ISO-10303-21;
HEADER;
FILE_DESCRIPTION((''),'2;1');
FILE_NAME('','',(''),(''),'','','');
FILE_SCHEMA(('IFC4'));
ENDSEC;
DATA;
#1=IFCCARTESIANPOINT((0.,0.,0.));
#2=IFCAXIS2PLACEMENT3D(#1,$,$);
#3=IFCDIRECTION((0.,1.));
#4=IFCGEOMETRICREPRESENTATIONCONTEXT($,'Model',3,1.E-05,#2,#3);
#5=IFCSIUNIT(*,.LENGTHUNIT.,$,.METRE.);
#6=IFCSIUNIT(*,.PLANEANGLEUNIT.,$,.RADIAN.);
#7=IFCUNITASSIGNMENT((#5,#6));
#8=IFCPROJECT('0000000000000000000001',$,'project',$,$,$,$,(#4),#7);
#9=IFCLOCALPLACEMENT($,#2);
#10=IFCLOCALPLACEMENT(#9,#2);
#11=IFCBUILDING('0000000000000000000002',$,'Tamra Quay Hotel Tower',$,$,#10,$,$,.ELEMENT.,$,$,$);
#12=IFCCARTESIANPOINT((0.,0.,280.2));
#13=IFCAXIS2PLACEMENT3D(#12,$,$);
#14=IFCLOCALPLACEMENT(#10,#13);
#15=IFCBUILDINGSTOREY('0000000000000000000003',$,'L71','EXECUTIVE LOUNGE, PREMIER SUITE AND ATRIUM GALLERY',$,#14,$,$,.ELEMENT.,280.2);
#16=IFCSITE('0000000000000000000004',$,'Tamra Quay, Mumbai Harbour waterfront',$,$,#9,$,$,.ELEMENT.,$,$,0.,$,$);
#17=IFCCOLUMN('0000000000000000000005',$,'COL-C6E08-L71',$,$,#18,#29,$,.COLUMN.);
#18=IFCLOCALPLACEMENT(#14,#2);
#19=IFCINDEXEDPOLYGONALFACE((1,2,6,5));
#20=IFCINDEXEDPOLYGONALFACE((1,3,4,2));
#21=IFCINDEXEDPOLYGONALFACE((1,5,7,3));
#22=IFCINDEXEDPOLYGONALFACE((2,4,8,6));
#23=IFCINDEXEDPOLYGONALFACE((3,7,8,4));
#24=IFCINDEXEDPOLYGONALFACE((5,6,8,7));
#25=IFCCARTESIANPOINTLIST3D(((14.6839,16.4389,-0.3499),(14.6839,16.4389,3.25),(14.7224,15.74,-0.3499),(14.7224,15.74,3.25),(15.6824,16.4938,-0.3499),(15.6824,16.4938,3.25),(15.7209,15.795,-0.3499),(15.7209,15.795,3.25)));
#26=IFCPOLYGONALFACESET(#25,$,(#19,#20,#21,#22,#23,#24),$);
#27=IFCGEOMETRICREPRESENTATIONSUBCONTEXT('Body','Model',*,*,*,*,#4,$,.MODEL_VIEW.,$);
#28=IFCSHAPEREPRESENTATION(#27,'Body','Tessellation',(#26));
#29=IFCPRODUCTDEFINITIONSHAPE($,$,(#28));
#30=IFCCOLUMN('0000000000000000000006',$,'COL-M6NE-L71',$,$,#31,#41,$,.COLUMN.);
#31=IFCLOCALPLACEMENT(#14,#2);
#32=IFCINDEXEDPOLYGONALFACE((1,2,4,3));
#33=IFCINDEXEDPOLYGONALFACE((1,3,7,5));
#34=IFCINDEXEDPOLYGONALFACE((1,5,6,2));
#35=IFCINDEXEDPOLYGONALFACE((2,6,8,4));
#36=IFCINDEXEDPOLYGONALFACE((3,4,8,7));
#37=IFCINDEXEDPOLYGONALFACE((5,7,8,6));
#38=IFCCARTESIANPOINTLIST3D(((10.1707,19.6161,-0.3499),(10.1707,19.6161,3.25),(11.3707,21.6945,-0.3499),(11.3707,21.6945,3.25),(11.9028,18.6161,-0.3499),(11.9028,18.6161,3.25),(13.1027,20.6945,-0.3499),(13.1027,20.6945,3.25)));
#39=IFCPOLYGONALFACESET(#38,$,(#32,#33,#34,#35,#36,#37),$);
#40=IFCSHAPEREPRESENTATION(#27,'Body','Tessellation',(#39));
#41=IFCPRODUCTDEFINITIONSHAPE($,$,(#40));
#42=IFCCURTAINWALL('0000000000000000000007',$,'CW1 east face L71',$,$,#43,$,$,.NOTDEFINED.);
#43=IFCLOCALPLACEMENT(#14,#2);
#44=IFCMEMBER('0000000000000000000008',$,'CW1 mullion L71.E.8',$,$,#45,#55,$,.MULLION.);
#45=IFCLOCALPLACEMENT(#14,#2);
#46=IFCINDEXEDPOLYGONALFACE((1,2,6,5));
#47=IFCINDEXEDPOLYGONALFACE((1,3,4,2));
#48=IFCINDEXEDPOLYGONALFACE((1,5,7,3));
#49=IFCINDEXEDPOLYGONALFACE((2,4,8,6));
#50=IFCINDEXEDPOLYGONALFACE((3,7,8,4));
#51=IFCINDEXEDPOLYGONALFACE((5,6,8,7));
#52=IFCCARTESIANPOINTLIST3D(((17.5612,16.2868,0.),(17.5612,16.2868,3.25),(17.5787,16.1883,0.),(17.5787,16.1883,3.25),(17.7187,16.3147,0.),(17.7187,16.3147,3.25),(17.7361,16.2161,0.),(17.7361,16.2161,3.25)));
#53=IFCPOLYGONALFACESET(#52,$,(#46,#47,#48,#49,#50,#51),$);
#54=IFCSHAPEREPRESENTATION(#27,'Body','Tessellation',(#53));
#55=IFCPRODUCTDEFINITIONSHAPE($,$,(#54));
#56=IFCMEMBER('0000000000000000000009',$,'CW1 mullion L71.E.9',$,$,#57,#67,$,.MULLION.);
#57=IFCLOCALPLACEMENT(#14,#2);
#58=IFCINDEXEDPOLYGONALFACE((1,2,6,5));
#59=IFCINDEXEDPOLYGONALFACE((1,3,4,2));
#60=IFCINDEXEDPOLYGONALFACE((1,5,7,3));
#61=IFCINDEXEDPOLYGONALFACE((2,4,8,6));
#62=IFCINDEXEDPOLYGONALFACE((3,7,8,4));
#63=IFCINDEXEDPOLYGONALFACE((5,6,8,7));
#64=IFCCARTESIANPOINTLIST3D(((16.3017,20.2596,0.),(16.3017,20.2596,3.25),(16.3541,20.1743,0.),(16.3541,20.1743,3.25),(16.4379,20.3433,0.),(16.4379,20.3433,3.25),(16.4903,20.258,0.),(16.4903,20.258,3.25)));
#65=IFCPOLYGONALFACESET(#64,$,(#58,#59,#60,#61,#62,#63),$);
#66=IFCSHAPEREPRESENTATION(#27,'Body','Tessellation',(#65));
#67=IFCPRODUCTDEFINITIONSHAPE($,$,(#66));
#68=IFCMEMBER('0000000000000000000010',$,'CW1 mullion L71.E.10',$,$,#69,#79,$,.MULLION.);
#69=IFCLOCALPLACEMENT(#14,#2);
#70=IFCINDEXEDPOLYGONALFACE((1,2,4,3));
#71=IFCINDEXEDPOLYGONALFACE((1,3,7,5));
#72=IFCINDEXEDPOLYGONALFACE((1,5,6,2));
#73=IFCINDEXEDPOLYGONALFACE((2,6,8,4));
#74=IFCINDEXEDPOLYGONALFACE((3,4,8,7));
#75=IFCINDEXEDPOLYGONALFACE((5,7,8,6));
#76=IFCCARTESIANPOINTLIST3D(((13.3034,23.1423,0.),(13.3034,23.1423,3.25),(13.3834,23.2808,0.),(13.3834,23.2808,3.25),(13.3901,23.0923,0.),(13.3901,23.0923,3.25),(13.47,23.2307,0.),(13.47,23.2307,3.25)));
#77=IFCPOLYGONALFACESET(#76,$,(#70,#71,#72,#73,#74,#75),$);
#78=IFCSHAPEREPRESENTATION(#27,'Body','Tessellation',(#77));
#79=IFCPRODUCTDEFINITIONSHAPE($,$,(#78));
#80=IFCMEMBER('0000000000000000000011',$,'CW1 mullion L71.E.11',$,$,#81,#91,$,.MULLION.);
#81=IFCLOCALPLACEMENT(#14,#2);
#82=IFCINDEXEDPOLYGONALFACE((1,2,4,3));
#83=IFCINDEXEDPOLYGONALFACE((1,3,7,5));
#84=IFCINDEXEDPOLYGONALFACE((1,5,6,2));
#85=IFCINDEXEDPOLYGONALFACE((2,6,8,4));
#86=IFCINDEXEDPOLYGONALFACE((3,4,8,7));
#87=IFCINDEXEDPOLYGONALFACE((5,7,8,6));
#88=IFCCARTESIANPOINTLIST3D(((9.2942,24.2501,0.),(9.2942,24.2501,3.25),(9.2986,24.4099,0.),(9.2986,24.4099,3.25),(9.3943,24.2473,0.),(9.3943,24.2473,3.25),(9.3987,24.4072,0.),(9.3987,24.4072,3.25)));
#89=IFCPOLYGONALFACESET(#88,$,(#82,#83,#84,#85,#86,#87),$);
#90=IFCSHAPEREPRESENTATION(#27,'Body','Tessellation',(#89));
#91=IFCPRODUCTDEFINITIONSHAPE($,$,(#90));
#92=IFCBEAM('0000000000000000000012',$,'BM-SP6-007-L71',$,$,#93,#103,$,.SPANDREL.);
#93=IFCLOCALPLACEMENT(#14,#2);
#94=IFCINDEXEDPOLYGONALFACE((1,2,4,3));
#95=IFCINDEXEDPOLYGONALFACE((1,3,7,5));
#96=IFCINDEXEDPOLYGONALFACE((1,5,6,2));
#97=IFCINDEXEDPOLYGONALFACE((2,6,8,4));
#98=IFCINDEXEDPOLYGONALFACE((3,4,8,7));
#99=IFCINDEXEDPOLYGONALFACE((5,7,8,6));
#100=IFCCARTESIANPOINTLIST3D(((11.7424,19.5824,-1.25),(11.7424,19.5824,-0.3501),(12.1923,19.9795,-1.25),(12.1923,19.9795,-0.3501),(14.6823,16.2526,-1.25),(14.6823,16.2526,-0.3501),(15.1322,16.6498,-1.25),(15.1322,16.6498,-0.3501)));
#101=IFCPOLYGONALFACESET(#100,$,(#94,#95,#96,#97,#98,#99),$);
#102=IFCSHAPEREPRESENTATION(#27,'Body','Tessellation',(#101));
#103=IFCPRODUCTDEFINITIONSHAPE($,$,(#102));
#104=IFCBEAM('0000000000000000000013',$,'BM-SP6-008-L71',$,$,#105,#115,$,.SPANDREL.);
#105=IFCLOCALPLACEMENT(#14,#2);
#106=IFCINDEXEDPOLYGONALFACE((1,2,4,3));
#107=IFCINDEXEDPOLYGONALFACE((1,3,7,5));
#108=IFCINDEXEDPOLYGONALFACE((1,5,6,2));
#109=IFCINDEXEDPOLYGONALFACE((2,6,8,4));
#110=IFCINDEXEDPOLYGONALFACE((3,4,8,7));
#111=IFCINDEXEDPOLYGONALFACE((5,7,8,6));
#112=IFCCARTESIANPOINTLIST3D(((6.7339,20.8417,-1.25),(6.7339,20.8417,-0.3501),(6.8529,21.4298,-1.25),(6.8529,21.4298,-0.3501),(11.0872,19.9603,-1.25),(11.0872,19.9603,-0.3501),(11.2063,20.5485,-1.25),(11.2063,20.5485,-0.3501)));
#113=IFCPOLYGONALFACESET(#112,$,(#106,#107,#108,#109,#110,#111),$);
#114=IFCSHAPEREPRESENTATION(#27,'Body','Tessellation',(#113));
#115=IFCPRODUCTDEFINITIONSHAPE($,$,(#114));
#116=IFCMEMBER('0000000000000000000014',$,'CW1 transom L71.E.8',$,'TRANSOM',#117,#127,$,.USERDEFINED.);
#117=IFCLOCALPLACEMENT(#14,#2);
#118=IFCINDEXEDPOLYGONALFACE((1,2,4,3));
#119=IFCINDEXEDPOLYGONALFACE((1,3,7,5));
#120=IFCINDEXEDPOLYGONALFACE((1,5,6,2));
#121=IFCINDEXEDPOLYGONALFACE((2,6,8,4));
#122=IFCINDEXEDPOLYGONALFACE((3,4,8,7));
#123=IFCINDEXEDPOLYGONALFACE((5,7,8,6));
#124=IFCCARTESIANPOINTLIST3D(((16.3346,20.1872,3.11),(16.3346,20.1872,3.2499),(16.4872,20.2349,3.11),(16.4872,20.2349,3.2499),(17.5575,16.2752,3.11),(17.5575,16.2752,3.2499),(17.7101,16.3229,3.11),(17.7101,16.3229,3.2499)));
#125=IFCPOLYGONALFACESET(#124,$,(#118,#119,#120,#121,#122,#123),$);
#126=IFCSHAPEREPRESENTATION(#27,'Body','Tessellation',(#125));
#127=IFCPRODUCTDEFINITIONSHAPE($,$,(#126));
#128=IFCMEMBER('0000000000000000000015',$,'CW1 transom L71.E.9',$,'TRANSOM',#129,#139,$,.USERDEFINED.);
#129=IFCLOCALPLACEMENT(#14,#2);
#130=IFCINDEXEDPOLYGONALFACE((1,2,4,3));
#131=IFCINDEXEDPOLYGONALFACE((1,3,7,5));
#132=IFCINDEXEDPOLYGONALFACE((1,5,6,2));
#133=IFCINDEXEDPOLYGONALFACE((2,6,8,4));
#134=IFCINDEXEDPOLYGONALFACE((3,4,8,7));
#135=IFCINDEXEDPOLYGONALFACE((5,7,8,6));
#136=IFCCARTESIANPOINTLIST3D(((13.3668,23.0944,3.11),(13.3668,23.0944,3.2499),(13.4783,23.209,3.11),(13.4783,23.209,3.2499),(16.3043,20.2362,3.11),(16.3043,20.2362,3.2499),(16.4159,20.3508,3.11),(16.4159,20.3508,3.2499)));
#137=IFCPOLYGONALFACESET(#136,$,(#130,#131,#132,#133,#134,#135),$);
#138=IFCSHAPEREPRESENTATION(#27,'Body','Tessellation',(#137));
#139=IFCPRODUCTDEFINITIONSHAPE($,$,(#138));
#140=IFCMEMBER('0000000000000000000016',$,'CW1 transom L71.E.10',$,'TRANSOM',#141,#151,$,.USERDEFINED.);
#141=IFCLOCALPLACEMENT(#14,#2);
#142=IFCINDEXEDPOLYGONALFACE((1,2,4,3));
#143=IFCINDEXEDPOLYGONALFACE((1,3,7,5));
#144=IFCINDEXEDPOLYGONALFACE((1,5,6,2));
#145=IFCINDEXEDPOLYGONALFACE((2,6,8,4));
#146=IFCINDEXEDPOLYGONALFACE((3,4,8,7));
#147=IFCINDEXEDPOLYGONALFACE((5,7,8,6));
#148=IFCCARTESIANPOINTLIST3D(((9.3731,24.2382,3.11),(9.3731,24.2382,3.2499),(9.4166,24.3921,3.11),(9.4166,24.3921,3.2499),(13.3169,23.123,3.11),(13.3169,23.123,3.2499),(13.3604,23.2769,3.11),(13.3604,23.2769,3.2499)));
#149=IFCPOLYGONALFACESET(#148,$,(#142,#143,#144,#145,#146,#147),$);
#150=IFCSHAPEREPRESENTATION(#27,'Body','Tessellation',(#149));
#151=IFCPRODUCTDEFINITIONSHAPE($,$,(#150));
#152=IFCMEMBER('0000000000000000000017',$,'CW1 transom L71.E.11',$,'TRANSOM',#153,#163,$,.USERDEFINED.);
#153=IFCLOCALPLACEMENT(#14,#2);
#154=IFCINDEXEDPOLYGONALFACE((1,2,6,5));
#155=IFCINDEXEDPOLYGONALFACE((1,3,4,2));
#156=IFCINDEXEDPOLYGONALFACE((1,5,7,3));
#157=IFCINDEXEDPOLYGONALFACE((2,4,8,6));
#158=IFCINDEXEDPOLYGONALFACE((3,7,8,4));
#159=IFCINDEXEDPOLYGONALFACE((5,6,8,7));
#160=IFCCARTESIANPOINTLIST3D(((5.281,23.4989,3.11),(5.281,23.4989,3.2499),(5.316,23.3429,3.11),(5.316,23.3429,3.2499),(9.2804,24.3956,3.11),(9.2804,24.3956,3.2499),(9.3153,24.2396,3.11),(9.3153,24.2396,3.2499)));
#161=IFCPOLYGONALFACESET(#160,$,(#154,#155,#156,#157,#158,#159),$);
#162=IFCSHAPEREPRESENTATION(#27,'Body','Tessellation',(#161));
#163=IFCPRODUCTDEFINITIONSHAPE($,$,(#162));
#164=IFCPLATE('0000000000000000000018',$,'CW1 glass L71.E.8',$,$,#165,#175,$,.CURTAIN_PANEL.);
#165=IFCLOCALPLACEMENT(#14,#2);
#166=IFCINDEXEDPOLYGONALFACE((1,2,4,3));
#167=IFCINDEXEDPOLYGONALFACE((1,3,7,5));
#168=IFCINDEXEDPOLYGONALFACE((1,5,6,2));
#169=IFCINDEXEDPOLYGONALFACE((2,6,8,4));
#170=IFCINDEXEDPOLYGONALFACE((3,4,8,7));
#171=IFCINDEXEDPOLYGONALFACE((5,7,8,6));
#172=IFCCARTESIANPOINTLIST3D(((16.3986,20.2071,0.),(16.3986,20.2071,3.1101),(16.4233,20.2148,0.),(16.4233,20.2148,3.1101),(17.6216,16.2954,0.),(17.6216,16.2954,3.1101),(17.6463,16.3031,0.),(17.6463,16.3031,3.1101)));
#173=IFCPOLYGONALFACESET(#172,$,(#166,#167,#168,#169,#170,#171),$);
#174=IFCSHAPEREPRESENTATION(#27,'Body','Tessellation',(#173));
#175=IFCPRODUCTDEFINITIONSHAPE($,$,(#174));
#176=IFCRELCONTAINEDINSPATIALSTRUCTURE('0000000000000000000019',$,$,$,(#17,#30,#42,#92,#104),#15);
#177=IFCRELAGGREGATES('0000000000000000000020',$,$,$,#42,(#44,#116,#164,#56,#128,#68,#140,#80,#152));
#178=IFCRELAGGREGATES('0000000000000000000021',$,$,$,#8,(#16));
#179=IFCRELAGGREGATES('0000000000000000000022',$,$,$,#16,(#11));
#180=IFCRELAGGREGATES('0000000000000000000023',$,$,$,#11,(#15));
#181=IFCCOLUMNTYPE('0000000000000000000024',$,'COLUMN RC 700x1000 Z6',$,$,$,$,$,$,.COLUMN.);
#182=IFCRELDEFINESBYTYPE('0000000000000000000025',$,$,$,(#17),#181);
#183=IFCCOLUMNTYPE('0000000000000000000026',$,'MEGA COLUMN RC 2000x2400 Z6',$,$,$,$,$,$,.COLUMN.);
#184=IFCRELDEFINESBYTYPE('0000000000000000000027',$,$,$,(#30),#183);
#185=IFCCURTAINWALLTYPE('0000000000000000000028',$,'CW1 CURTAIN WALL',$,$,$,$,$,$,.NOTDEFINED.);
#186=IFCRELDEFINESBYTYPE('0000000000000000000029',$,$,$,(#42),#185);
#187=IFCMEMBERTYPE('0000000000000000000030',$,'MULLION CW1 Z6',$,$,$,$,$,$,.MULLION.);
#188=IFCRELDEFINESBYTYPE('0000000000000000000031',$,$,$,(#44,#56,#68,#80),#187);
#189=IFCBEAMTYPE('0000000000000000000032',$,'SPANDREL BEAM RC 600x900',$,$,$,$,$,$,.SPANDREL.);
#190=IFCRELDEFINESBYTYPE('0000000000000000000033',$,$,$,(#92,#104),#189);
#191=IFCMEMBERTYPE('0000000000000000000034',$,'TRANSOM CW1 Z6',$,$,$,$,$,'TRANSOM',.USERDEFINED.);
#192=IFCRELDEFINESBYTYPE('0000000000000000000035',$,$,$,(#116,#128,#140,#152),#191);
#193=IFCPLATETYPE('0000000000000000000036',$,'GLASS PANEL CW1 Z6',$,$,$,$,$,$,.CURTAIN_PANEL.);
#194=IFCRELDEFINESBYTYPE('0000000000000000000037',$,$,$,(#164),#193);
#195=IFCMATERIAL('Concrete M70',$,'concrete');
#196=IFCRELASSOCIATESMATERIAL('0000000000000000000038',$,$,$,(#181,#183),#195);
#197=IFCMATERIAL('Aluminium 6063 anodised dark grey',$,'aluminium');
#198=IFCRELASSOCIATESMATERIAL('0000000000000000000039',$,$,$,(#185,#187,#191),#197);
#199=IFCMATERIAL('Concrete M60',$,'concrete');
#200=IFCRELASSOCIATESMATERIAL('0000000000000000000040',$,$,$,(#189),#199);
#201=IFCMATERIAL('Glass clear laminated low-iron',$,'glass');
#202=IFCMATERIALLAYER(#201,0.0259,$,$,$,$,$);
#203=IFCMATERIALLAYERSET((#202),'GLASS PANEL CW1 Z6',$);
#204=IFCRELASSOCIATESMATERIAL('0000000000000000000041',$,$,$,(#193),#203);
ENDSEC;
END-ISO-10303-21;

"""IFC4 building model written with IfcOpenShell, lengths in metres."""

from ifc_helpers import new_model, si_unit, direction, frame, origin, origin_2d, place, context, subcontext, project, spatial, rectangle, extrude, material, layer, layer_set, material_profile, profile_set, type_object, element, aggregate, save


model = new_model("IFC4")

# Units and contexts
model_context = context("Model", 3, precision=1e-05, world=origin(), true_north=direction((0.0, 1.0)))
body_context = subcontext(model_context, "Body", "Model", "MODEL_VIEW")
ifc_project = project(units=[si_unit("LENGTHUNIT", "METRE"), si_unit("PLANEANGLEUNIT", "RADIAN")], contexts=[model_context])

# Site, building, storey
site_placement = place(None, origin())
site = spatial("IfcSite", under=ifc_project, at=site_placement, Name="Tamra Quay, Mumbai Harbour waterfront", CompositionType="ELEMENT", RefElevation=0.0)
building_placement = place(site_placement, origin())
building = spatial("IfcBuilding", under=site, at=building_placement, Name="Tamra Quay Hotel Tower", CompositionType="ELEMENT")
storey_placement = place(building_placement, frame((0.0, 0.0, 280.2)))
storey = spatial("IfcBuildingStorey", under=building, at=storey_placement, Name="L71", Description="EXECUTIVE LOUNGE, PREMIER SUITE AND ATRIUM GALLERY", CompositionType="ELEMENT", Elevation=280.2)

# Columns
ifc_material_1 = material(Name="Concrete M70", Category="concrete")
ifc_material_profile_1 = material_profile(ifc_material_1, rectangle(XDim=1.0, YDim=0.7, at=origin_2d()), Name="COLUMN RC 700x1000 Z6")
ifc_profile_set_1 = profile_set([ifc_material_profile_1], Name="Concrete M70")
column_type_1 = type_object("IfcColumnType", Name="COLUMN RC 700x1000 Z6", PredefinedType="COLUMN", material=ifc_profile_set_1)
column_1_placement = place(storey_placement, frame((15.2024, 16.1169, -0.3499), z_axis=(0.0, 0.0, 1.0), x_axis=(0.998491, 0.054917, 0.0)))
element("IfcColumn", 1, at=column_1_placement, inside=storey, type_object=column_type_1, Name="COL-C6E08-L71", PredefinedType="COLUMN", context=body_context, shape_type="SweptSolid", body=[
    extrude(rectangle(XDim=1.0, YDim=0.7, at=origin_2d()), origin(), (0.0, 0.0, 1.0), 3.5999),
])
ifc_material_profile_2 = material_profile(ifc_material_1, rectangle(XDim=2.3999, YDim=2.0, at=origin_2d()), Name="MEGA COLUMN RC 2000x2400 Z6")
ifc_profile_set_2 = profile_set([ifc_material_profile_2], Name="Concrete M70")
column_type_2 = type_object("IfcColumnType", Name="MEGA COLUMN RC 2000x2400 Z6", PredefinedType="COLUMN", material=ifc_profile_set_2)
column_2_placement = place(storey_placement, frame((11.6367, 20.1553, -0.3499), z_axis=(0.0, 0.0, 1.0), x_axis=(0.5, 0.866025, 0.0)))
element("IfcColumn", 2, at=column_2_placement, inside=storey, type_object=column_type_2, Name="COL-M6NE-L71", PredefinedType="COLUMN", context=body_context, shape_type="SweptSolid", body=[
    extrude(rectangle(XDim=2.3999, YDim=2.0, at=origin_2d()), origin(), (0.0, 0.0, 1.0), 3.5999),
])

# Curtain wall, members
ifc_material_2 = material(Name="Aluminium 6063 anodised dark grey", Category="aluminium")
curtain_wall_type = type_object("IfcCurtainWallType", Name="CW1 CURTAIN WALL", PredefinedType="NOTDEFINED", material=ifc_material_2)
curtain_wall_placement = place(storey_placement, origin())
curtain_wall = element("IfcCurtainWall", 3, at=curtain_wall_placement, inside=storey, type_object=curtain_wall_type, Name="CW1 east face L71", PredefinedType="NOTDEFINED")
ifc_material_profile_3 = material_profile(ifc_material_2, rectangle(XDim=0.1599, YDim=0.1001, at=origin_2d()), Name="MULLION 100X160")
ifc_profile_set_3 = profile_set([ifc_material_profile_3], Name="Aluminium 6063 anodised dark grey")
member_type_1 = type_object("IfcMemberType", Name="MULLION CW1 Z6", PredefinedType="MULLION", material=ifc_profile_set_3)
member_1_placement = place(storey_placement, frame((17.6487, 16.2515, 0.0), z_axis=(0.0, 0.0, 1.0), x_axis=(0.98474, 0.174032, 0.0)))
member_1 = element("IfcMember", 4, at=member_1_placement, type_object=member_type_1, Name="CW1 mullion L71.E.8", PredefinedType="MULLION", context=body_context, shape_type="SweptSolid", body=[
    extrude(rectangle(XDim=0.1599, YDim=0.1001, at=origin_2d()), origin(), (0.0, 0.0, 1.0), 3.25),
])
member_2_placement = place(storey_placement, frame((16.396, 20.2588, 0.0), z_axis=(0.0, 0.0, 1.0), x_axis=(0.851964, 0.5236, 0.0)))
member_2 = element("IfcMember", 5, at=member_2_placement, type_object=member_type_1, Name="CW1 mullion L71.E.9", PredefinedType="MULLION", context=body_context, shape_type="SweptSolid", body=[
    extrude(rectangle(XDim=0.1599, YDim=0.1001, at=origin_2d()), origin(), (0.0, 0.0, 1.0), 3.25),
])
member_3_placement = place(storey_placement, frame((13.3867, 23.1865, 0.0), z_axis=(0.0, 0.0, 1.0), x_axis=(0.5, 0.866025, 0.0)))
member_3 = element("IfcMember", 6, at=member_3_placement, type_object=member_type_1, Name="CW1 mullion L71.E.10", PredefinedType="MULLION", context=body_context, shape_type="SweptSolid", body=[
    extrude(rectangle(XDim=0.1599, YDim=0.1001, at=origin_2d()), origin(), (0.0, 0.0, 1.0), 3.25),
])
member_4_placement = place(storey_placement, frame((9.3464, 24.3286, 0.0), z_axis=(0.0, 0.0, 1.0), x_axis=(0.027469, 0.999623, 0.0)))
member_4 = element("IfcMember", 7, at=member_4_placement, type_object=member_type_1, Name="CW1 mullion L71.E.11", PredefinedType="MULLION", context=body_context, shape_type="SweptSolid", body=[
    extrude(rectangle(XDim=0.1599, YDim=0.1001, at=origin_2d()), origin(), (0.0, 0.0, 1.0), 3.25),
])

# Beams
ifc_material_3 = material(Name="Concrete M60", Category="concrete")
ifc_material_profile_4 = material_profile(ifc_material_3, rectangle(XDim=0.6001, YDim=0.8999, at=origin_2d()), Name="SPANDREL BEAM RC 600x900")
ifc_profile_set_4 = profile_set([ifc_material_profile_4], Name="Concrete M60")
beam_type = type_object("IfcBeamType", Name="SPANDREL BEAM RC 600x900", PredefinedType="SPANDREL", material=ifc_profile_set_4)
beam_1_placement = place(storey_placement, frame((14.9072, 16.4512, -0.8), z_axis=(-0.661856, 0.749631, 0.0), x_axis=(-0.749631, -0.661856, 0.0)))
element("IfcBeam", 8, at=beam_1_placement, inside=storey, type_object=beam_type, Name="BM-SP6-007-L71", PredefinedType="SPANDREL", context=body_context, shape_type="SweptSolid", body=[
    extrude(rectangle(XDim=0.6001, YDim=0.8999, at=origin_2d()), origin(), (0.0, 0.0, 1.0), 4.4419),
])
beam_2_placement = place(storey_placement, frame((11.1467, 20.2544, -0.8), z_axis=(-0.980115, 0.198431, 0.0), x_axis=(-0.198431, -0.980115, 0.0)))
element("IfcBeam", 9, at=beam_2_placement, inside=storey, type_object=beam_type, Name="BM-SP6-008-L71", PredefinedType="SPANDREL", context=body_context, shape_type="SweptSolid", body=[
    extrude(rectangle(XDim=0.6001, YDim=0.8999, at=origin_2d()), origin(), (0.0, 0.0, 1.0), 4.4417),
])

# Members
ifc_material_profile_5 = material_profile(ifc_material_2, rectangle(XDim=0.1599, YDim=0.1399, at=origin_2d()), Name="TRANSOM 160X140")
ifc_profile_set_5 = profile_set([ifc_material_profile_5], Name="Aluminium 6063 anodised dark grey")
member_type_2 = type_object("IfcMemberType", Name="TRANSOM CW1 Z6", ElementType="TRANSOM", PredefinedType="USERDEFINED", material=ifc_profile_set_5)
member_5_placement = place(storey_placement, frame((17.6338, 16.2991, 3.1799), z_axis=(-0.298373, 0.954449, 0.0), x_axis=(-0.954449, -0.298373, 0.0)))
member_5 = element("IfcMember", 10, at=member_5_placement, type_object=member_type_2, Name="CW1 transom L71.E.8", ObjectType="TRANSOM", PredefinedType="USERDEFINED", context=body_context, shape_type="SweptSolid", body=[
    extrude(rectangle(XDim=0.1599, YDim=0.1399, at=origin_2d()), origin(), (0.0, 0.0, 1.0), 4.0986),
])
member_6_placement = place(storey_placement, frame((16.3601, 20.2935, 3.1799), z_axis=(-0.71672, 0.697361, 0.0), x_axis=(-0.697361, -0.71672, 0.0)))
member_6 = element("IfcMember", 11, at=member_6_placement, type_object=member_type_2, Name="CW1 transom L71.E.9", ObjectType="TRANSOM", PredefinedType="USERDEFINED", context=body_context, shape_type="SweptSolid", body=[
    extrude(rectangle(XDim=0.1599, YDim=0.1399, at=origin_2d()), origin(), (0.0, 0.0, 1.0), 4.0986),
])
member_7_placement = place(storey_placement, frame((13.3386, 23.2, 3.1799), z_axis=(-0.962267, 0.272108, 0.0), x_axis=(-0.272108, -0.962267, 0.0)))
member_7 = element("IfcMember", 12, at=member_7_placement, type_object=member_type_2, Name="CW1 transom L71.E.10", ObjectType="TRANSOM", PredefinedType="USERDEFINED", context=body_context, shape_type="SweptSolid", body=[
    extrude(rectangle(XDim=0.1599, YDim=0.1399, at=origin_2d()), origin(), (0.0, 0.0, 1.0), 4.0984),
])
member_8_placement = place(storey_placement, frame((9.2979, 24.3176, 3.1799), z_axis=(-0.975772, -0.218791, 0.0), x_axis=(0.218791, -0.975772, 0.0)))
member_8 = element("IfcMember", 13, at=member_8_placement, type_object=member_type_2, Name="CW1 transom L71.E.11", ObjectType="TRANSOM", PredefinedType="USERDEFINED", context=body_context, shape_type="SweptSolid", body=[
    extrude(rectangle(XDim=0.1599, YDim=0.1399, at=origin_2d()), origin(), (0.0, 0.0, 1.0), 4.0986),
])

# Plate
ifc_material_4 = material(Name="Glass clear laminated low-iron", Category="glass")
ifc_layer_1 = layer(ifc_material_4, 0.0259)
ifc_layer_set_1 = layer_set([ifc_layer_1], Name="GLASS PANEL CW1 Z6")
plate_type = type_object("IfcPlateType", Name="GLASS PANEL CW1 Z6", PredefinedType="CURTAIN_PANEL", material=ifc_layer_set_1)
plate_1_placement = place(storey_placement, frame((17.0225, 18.2551, 0.0), z_axis=(0.0, 0.0, 1.0), x_axis=(-0.298392, 0.954443, 0.0)))
plate_1 = element("IfcPlate", 14, at=plate_1_placement, type_object=plate_type, Name="CW1 glass L71.E.8", PredefinedType="CURTAIN_PANEL", context=body_context, shape_type="SweptSolid", body=[
    extrude(rectangle(XDim=4.0984, YDim=0.0259, at=origin_2d()), origin(), (0.0, 0.0, 1.0), 3.1101),
])
aggregate(curtain_wall, [member_1, member_5, plate_1, member_2, member_6, member_3, member_7, member_4, member_8])

save(model, "model.ifc")
